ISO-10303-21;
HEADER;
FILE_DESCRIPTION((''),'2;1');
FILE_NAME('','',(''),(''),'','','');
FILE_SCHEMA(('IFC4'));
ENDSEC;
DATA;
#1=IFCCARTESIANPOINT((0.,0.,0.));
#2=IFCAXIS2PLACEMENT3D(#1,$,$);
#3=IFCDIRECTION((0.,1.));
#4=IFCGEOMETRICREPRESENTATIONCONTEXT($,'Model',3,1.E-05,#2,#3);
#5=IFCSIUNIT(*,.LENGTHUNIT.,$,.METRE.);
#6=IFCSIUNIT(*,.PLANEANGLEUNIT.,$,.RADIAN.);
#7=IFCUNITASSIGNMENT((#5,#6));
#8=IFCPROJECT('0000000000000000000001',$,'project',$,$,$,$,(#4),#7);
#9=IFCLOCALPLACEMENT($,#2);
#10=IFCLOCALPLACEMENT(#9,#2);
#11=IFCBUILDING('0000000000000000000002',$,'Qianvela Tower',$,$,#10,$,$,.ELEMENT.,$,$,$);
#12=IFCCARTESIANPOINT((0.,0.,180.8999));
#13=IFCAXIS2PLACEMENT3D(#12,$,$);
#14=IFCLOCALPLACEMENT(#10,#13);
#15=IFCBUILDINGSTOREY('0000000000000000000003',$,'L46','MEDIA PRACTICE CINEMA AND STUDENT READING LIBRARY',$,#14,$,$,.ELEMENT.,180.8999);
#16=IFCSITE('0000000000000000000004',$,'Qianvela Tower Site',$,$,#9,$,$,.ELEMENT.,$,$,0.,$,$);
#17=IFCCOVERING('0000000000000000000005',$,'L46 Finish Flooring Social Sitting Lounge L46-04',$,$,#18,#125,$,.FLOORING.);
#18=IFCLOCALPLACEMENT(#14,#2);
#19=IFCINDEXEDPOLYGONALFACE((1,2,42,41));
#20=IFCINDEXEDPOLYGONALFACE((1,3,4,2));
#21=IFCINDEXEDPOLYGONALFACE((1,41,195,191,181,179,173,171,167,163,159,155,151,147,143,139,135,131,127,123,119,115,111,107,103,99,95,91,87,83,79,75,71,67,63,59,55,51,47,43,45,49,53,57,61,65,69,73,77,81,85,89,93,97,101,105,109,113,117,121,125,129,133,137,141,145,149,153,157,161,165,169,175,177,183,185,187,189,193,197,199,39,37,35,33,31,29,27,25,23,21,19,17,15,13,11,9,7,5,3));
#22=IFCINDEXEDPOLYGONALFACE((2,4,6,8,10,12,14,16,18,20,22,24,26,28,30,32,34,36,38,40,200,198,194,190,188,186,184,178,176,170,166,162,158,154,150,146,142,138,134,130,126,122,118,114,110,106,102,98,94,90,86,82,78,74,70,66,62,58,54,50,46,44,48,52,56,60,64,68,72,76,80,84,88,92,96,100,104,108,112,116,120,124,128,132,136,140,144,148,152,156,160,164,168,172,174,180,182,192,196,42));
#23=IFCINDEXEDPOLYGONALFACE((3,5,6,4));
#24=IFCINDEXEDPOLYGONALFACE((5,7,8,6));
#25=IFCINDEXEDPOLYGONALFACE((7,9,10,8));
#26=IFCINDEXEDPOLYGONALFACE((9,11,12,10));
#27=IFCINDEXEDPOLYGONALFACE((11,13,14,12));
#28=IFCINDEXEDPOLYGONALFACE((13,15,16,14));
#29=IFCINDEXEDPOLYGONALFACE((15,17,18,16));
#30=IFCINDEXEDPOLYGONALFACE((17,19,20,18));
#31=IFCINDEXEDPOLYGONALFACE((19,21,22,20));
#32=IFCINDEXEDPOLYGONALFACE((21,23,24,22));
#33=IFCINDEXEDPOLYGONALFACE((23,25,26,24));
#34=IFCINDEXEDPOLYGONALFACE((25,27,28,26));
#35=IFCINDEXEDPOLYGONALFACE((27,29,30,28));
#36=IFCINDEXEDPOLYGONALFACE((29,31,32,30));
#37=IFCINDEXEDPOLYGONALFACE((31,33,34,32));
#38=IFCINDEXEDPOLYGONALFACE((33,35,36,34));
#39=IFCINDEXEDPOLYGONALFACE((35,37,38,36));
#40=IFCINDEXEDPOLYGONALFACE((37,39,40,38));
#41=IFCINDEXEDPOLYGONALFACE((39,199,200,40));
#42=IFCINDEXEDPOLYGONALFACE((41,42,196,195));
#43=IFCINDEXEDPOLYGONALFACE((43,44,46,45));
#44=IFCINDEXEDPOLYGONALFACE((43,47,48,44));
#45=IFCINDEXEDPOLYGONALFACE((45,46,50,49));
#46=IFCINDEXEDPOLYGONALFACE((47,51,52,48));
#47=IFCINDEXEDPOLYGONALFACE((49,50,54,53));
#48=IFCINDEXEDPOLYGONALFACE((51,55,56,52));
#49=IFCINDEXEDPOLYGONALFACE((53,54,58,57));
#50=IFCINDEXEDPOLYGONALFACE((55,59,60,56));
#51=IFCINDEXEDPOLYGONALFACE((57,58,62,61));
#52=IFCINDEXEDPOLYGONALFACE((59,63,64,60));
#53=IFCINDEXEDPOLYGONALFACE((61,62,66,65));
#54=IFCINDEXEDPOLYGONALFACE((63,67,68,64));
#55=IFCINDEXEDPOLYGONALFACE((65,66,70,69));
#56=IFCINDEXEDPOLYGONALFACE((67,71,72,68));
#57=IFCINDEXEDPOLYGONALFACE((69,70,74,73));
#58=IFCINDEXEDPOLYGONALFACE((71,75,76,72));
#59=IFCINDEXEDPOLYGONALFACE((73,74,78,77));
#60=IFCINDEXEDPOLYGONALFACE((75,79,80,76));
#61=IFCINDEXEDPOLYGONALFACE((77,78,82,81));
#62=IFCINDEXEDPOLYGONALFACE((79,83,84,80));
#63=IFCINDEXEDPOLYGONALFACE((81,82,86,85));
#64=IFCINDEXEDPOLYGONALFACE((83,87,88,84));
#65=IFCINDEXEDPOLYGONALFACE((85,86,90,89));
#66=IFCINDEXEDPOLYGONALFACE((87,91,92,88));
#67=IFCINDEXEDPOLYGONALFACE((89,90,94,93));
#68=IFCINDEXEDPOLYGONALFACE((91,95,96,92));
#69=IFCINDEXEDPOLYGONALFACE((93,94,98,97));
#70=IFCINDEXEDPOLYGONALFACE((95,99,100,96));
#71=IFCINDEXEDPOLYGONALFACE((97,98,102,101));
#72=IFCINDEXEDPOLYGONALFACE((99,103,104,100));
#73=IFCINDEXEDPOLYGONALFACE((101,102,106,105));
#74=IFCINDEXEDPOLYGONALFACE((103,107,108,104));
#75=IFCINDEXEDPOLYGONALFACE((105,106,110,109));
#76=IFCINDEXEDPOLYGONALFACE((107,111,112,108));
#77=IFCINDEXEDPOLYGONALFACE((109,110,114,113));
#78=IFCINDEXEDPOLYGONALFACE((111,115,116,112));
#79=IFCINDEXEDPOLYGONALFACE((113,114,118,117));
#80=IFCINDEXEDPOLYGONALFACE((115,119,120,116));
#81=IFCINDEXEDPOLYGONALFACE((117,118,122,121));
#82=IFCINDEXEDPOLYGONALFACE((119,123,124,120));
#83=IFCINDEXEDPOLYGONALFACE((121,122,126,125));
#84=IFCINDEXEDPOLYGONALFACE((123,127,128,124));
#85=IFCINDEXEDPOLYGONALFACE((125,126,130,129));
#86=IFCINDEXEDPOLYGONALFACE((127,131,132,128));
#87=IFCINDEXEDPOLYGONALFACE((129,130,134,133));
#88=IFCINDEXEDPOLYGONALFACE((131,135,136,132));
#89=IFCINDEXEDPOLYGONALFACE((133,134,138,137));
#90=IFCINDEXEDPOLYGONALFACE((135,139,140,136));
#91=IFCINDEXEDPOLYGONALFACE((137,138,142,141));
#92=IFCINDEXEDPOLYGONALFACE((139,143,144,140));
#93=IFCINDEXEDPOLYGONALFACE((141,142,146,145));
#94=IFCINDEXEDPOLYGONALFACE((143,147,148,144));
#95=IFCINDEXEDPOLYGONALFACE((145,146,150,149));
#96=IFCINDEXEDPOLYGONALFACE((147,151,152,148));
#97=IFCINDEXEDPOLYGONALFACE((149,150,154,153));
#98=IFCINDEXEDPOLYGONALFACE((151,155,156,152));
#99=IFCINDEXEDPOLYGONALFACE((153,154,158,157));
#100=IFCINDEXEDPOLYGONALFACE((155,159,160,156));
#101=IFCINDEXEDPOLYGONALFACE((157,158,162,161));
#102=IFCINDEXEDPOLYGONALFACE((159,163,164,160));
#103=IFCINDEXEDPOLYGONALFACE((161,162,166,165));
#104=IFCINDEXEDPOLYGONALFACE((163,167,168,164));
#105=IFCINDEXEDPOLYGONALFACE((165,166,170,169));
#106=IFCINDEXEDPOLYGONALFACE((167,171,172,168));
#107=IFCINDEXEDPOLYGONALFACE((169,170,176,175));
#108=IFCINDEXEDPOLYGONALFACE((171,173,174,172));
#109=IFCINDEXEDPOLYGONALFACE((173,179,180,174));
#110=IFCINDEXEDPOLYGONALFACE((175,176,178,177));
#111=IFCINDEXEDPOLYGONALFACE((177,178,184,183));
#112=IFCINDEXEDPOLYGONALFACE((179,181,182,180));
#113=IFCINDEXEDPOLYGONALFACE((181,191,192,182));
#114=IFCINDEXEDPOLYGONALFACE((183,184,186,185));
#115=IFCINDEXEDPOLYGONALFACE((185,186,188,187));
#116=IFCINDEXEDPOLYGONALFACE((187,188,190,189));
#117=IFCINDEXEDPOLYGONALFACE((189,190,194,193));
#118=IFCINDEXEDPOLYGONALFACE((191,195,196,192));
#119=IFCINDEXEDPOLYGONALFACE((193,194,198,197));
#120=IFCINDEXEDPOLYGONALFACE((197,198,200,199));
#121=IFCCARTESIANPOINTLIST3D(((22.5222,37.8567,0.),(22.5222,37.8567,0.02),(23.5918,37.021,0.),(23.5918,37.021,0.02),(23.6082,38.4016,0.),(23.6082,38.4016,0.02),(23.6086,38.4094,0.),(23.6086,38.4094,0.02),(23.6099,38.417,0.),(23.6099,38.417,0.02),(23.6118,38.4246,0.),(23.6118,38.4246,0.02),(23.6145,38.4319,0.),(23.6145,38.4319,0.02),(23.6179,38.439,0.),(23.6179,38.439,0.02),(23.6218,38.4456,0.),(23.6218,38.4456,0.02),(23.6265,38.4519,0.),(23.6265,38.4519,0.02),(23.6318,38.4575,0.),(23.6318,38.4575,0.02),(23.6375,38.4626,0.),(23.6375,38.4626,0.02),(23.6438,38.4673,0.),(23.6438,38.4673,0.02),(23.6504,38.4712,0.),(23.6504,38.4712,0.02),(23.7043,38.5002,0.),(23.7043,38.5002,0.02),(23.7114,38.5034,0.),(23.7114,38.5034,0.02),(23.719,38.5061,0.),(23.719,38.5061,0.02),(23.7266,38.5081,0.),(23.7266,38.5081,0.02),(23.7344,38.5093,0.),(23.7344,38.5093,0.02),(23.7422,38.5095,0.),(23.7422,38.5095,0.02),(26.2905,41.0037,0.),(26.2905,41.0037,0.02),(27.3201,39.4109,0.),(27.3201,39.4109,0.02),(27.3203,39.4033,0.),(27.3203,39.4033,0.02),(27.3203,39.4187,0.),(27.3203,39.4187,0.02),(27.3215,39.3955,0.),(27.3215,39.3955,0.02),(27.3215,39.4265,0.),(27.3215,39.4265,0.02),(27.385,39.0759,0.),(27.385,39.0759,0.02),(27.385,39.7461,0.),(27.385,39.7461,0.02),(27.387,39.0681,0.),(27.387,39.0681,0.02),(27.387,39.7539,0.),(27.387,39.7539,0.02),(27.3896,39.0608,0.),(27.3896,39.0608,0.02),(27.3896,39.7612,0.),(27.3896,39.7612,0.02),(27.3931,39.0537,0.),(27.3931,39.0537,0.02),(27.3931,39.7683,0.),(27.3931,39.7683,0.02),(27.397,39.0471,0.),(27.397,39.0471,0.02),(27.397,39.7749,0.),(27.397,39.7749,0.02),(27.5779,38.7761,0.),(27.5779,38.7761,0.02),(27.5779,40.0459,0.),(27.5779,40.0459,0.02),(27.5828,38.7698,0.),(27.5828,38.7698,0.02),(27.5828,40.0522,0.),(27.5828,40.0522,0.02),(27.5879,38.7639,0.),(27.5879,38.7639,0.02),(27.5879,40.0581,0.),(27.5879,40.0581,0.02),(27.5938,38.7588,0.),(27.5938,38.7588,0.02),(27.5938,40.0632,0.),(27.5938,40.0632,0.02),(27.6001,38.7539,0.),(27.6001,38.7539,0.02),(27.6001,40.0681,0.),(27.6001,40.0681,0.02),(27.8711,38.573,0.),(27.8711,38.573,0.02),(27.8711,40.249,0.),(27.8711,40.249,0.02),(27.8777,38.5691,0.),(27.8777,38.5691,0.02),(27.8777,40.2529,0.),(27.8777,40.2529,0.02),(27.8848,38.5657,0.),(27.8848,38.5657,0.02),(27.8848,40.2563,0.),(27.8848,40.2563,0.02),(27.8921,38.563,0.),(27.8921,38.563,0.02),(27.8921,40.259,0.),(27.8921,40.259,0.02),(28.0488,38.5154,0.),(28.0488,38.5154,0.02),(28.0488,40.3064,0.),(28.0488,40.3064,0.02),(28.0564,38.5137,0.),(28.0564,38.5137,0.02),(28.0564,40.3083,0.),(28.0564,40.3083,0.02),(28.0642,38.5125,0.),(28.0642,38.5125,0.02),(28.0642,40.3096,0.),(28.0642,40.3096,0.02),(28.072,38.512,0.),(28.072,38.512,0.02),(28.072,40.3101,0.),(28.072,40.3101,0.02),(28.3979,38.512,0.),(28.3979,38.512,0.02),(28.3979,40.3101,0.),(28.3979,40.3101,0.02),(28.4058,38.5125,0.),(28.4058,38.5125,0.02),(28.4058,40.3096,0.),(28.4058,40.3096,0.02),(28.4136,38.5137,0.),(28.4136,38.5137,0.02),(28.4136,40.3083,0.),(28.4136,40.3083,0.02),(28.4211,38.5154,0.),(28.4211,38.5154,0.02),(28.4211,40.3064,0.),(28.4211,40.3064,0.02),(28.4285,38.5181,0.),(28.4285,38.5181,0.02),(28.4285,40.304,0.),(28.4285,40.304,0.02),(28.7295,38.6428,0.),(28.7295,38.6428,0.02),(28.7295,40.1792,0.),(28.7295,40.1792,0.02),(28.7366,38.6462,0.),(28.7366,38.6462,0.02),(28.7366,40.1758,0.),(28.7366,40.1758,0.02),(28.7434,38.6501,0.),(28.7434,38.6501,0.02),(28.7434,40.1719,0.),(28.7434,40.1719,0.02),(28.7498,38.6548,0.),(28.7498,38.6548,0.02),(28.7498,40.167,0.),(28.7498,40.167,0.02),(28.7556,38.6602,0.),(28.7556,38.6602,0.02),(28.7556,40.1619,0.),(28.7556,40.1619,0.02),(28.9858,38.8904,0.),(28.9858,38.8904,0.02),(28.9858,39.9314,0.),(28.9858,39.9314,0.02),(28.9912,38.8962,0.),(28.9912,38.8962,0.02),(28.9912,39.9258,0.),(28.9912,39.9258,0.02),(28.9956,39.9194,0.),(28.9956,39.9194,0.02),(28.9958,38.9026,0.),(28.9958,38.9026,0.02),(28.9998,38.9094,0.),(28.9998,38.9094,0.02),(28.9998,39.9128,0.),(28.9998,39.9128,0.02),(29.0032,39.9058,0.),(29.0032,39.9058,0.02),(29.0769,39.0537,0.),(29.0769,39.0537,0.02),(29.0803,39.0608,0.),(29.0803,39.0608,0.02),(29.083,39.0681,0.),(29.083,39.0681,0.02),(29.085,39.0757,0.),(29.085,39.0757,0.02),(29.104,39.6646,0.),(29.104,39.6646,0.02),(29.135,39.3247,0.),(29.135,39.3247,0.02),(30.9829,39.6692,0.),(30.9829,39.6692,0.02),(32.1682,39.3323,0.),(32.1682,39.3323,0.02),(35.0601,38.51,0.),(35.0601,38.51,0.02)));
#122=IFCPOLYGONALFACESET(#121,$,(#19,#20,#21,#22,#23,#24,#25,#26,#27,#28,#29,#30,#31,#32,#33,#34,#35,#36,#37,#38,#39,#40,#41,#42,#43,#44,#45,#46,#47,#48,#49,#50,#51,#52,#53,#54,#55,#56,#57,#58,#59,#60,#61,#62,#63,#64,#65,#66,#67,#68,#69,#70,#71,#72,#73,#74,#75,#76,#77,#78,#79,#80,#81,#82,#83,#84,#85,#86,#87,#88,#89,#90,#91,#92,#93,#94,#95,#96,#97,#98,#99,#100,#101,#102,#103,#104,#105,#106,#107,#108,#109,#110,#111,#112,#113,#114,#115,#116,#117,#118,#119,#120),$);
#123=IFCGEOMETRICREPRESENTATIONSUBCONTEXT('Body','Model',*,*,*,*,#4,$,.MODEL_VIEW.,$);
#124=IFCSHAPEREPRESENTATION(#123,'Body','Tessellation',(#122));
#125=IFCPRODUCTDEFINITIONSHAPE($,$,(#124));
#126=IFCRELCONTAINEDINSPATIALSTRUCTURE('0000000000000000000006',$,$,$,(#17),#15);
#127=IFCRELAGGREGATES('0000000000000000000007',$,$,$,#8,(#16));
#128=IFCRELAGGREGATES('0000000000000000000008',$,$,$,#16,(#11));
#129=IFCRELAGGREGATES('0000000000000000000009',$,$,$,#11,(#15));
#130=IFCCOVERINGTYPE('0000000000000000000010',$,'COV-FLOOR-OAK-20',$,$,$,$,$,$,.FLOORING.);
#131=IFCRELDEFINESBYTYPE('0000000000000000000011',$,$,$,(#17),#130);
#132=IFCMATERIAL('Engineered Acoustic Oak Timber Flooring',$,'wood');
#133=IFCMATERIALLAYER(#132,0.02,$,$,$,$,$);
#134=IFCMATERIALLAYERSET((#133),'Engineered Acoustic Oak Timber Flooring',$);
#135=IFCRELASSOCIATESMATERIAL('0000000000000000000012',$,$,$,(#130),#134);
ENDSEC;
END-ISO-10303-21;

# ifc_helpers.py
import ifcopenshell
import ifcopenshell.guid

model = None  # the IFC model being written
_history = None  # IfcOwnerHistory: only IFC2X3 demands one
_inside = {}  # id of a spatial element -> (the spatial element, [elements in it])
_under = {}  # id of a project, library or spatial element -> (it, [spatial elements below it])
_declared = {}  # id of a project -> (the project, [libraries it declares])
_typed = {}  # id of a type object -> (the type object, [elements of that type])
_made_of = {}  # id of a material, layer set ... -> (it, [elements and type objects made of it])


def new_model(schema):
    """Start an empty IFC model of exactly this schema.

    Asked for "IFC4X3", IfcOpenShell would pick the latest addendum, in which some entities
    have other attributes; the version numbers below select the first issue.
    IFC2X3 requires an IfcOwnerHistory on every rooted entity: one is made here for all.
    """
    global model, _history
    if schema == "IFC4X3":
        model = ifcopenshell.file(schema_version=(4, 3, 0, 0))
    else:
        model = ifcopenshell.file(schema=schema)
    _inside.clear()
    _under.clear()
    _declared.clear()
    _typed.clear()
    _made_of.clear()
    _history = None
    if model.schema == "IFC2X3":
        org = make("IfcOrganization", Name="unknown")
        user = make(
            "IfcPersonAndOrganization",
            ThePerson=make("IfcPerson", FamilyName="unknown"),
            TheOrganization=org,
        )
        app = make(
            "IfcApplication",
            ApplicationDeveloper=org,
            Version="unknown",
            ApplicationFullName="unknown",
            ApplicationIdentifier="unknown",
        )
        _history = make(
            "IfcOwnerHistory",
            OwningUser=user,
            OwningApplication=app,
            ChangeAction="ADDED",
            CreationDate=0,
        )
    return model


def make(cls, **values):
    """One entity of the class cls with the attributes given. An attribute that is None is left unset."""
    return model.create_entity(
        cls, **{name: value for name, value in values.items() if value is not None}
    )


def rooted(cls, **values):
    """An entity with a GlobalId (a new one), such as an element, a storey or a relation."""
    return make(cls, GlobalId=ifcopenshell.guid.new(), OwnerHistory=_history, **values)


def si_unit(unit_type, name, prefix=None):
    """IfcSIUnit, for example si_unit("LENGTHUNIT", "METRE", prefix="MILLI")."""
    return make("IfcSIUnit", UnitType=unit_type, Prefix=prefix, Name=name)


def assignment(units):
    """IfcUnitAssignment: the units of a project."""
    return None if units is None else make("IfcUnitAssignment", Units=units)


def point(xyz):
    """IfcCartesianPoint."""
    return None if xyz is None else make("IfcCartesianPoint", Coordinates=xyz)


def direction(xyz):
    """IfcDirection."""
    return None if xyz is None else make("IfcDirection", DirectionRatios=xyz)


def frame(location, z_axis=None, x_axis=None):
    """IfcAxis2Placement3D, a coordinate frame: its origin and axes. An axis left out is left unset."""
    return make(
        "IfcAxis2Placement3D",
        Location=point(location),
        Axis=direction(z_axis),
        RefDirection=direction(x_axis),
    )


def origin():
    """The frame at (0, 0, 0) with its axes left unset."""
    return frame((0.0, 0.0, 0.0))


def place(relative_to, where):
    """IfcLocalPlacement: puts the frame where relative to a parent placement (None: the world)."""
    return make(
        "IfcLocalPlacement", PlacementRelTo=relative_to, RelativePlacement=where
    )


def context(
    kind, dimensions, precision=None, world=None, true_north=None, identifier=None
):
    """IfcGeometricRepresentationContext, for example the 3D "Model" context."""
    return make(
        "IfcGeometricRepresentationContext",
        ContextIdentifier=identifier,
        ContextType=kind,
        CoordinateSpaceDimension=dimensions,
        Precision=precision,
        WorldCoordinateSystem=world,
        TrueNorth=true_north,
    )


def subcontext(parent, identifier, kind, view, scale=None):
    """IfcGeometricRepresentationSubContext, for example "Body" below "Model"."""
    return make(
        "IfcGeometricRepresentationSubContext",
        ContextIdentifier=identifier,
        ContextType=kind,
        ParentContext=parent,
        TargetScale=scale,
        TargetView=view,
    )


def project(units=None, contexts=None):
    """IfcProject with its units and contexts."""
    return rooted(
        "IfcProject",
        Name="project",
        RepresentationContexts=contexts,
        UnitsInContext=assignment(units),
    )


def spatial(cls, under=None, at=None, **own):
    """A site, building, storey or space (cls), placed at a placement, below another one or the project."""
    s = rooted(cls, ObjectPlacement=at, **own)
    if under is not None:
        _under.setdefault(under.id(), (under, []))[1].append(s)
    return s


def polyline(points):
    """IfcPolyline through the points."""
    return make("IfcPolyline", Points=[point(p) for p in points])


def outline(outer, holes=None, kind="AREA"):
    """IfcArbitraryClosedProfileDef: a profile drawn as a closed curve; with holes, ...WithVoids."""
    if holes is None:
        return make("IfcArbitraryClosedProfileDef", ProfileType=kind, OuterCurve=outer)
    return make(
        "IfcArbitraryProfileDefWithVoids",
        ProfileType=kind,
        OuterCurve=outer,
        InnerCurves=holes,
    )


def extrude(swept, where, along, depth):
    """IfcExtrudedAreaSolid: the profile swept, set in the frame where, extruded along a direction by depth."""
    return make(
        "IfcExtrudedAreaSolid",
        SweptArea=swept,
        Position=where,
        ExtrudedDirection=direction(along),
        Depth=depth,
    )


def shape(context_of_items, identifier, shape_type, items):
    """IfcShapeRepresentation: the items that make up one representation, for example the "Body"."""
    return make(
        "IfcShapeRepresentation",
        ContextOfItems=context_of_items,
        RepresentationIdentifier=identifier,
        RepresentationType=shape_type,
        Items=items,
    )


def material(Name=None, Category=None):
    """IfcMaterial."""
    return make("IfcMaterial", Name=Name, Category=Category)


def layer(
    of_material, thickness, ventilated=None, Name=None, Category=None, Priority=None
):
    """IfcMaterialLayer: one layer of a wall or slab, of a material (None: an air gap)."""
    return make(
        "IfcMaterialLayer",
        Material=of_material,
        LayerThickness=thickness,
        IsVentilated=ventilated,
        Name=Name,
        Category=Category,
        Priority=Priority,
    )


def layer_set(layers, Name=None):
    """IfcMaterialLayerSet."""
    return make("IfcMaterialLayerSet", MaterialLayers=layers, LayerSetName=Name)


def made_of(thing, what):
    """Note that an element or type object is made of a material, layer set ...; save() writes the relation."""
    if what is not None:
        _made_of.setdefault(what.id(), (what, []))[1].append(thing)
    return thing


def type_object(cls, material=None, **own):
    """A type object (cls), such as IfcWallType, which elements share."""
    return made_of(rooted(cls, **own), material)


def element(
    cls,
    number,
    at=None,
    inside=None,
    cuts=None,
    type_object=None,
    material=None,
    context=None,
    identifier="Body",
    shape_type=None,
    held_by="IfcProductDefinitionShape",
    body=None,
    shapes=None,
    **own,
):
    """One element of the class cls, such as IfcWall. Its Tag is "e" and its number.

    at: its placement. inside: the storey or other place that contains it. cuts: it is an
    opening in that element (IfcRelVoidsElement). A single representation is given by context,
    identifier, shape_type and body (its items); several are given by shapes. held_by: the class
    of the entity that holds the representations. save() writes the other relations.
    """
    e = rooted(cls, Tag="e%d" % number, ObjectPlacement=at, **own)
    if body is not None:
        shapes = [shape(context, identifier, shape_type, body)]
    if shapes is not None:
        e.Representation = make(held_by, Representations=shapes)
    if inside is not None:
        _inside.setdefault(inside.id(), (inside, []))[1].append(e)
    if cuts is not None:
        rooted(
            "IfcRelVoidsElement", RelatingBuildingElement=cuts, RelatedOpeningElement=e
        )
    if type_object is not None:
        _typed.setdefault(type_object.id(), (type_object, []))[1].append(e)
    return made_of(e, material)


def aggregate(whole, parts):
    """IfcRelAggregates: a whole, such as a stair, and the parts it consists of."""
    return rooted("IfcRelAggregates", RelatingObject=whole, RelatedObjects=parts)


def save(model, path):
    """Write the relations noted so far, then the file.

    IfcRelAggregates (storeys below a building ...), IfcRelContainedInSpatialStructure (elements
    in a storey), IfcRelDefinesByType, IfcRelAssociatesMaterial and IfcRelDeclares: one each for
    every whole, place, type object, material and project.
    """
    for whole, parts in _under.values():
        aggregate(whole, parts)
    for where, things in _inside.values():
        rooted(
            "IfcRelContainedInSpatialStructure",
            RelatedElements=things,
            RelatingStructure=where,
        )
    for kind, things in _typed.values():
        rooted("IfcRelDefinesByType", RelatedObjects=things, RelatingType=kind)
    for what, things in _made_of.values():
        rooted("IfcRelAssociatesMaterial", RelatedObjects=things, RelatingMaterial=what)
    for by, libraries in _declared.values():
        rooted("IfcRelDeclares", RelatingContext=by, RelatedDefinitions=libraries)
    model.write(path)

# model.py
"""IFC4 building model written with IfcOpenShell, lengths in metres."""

from ifc_helpers import new_model, si_unit, direction, frame, origin, place, context, subcontext, project, spatial, polyline, outline, extrude, material, layer, layer_set, type_object, element, save


model = new_model("IFC4")

# Units and contexts
model_context = context("Model", 3, precision=1e-05, world=origin(), true_north=direction((0.0, 1.0)))
body_context = subcontext(model_context, "Body", "Model", "MODEL_VIEW")
ifc_project = project(units=[si_unit("LENGTHUNIT", "METRE"), si_unit("PLANEANGLEUNIT", "RADIAN")], contexts=[model_context])

# Site, building, storey
site_placement = place(None, origin())
site = spatial("IfcSite", under=ifc_project, at=site_placement, Name="Qianvela Tower Site", CompositionType="ELEMENT", RefElevation=0.0)
building_placement = place(site_placement, origin())
building = spatial("IfcBuilding", under=site, at=building_placement, Name="Qianvela Tower", CompositionType="ELEMENT")
storey_placement = place(building_placement, frame((0.0, 0.0, 180.8999)))
storey = spatial("IfcBuildingStorey", under=building, at=storey_placement, Name="L46", Description="MEDIA PRACTICE CINEMA AND STUDENT READING LIBRARY", CompositionType="ELEMENT", Elevation=180.8999)

# Covering
ifc_material_1 = material(Name="Engineered Acoustic Oak Timber Flooring", Category="wood")
ifc_layer_1 = layer(ifc_material_1, 0.02)
ifc_layer_set_1 = layer_set([ifc_layer_1], Name="Engineered Acoustic Oak Timber Flooring")
covering_type_1 = type_object("IfcCoveringType", Name="COV-FLOOR-OAK-20", PredefinedType="FLOORING", material=ifc_layer_set_1)
covering_1_placement = place(storey_placement, origin())
element("IfcCovering", 1, at=covering_1_placement, inside=storey, type_object=covering_type_1, Name="L46 Finish Flooring Social Sitting Lounge L46-04", PredefinedType="FLOORING", context=body_context, shape_type="SweptSolid", body=[
    extrude(outline(polyline([(23.6504, 38.4712), (23.6438, 38.4673), (23.6375, 38.4626), (23.6318, 38.4575), (23.6265, 38.4519), (23.6218, 38.4456), (23.6179, 38.439), (23.6145, 38.4319), (23.6118, 38.4246), (23.6099, 38.417), (23.6086, 38.4094), (23.6082, 38.4016), (23.5918, 37.021), (22.5222, 37.8567), (26.2905, 41.0037), (30.9829, 39.6692), (29.104, 39.6646), (29.0032, 39.9058), (28.9998, 39.9128), (28.9956, 39.9194), (28.9912, 39.9258), (28.9858, 39.9314), (28.7556, 40.1619), (28.7498, 40.167), (28.7434, 40.1719), (28.7366, 40.1758), (28.7295, 40.1792), (28.4285, 40.304), (28.4211, 40.3064), (28.4136, 40.3083), (28.4058, 40.3096), (28.3979, 40.3101), (28.072, 40.3101), (28.0642, 40.3096), (28.0564, 40.3083), (28.0488, 40.3064), (27.8921, 40.259), (27.8848, 40.2563), (27.8777, 40.2529), (27.8711, 40.249), (27.6001, 40.0681), (27.5938, 40.0632), (27.5879, 40.0581), (27.5828, 40.0522), (27.5779, 40.0459), (27.397, 39.7749), (27.3931, 39.7683), (27.3896, 39.7612), (27.387, 39.7539), (27.385, 39.7461), (27.3215, 39.4265), (27.3203, 39.4187), (27.3201, 39.4109), (27.3203, 39.4033), (27.3215, 39.3955), (27.385, 39.0759), (27.387, 39.0681), (27.3896, 39.0608), (27.3931, 39.0537), (27.397, 39.0471), (27.5779, 38.7761), (27.5828, 38.7698), (27.5879, 38.7639), (27.5938, 38.7588), (27.6001, 38.7539), (27.8711, 38.573), (27.8777, 38.5691), (27.8848, 38.5657), (27.8921, 38.563), (28.0488, 38.5154), (28.0564, 38.5137), (28.0642, 38.5125), (28.072, 38.512), (28.3979, 38.512), (28.4058, 38.5125), (28.4136, 38.5137), (28.4211, 38.5154), (28.4285, 38.5181), (28.7295, 38.6428), (28.7366, 38.6462), (28.7434, 38.6501), (28.7498, 38.6548), (28.7556, 38.6602), (28.9858, 38.8904), (28.9912, 38.8962), (28.9958, 38.9026), (28.9998, 38.9094), (29.0769, 39.0537), (29.0803, 39.0608), (29.083, 39.0681), (29.085, 39.0757), (29.135, 39.3247), (32.1682, 39.3323), (35.0601, 38.51), (23.7422, 38.5095), (23.7344, 38.5093), (23.7266, 38.5081), (23.719, 38.5061), (23.7114, 38.5034), (23.7043, 38.5002), (23.6504, 38.4712)])), origin(), (0.0, 0.0, 1.0), 0.02),
])

save(model, "model.ifc")
